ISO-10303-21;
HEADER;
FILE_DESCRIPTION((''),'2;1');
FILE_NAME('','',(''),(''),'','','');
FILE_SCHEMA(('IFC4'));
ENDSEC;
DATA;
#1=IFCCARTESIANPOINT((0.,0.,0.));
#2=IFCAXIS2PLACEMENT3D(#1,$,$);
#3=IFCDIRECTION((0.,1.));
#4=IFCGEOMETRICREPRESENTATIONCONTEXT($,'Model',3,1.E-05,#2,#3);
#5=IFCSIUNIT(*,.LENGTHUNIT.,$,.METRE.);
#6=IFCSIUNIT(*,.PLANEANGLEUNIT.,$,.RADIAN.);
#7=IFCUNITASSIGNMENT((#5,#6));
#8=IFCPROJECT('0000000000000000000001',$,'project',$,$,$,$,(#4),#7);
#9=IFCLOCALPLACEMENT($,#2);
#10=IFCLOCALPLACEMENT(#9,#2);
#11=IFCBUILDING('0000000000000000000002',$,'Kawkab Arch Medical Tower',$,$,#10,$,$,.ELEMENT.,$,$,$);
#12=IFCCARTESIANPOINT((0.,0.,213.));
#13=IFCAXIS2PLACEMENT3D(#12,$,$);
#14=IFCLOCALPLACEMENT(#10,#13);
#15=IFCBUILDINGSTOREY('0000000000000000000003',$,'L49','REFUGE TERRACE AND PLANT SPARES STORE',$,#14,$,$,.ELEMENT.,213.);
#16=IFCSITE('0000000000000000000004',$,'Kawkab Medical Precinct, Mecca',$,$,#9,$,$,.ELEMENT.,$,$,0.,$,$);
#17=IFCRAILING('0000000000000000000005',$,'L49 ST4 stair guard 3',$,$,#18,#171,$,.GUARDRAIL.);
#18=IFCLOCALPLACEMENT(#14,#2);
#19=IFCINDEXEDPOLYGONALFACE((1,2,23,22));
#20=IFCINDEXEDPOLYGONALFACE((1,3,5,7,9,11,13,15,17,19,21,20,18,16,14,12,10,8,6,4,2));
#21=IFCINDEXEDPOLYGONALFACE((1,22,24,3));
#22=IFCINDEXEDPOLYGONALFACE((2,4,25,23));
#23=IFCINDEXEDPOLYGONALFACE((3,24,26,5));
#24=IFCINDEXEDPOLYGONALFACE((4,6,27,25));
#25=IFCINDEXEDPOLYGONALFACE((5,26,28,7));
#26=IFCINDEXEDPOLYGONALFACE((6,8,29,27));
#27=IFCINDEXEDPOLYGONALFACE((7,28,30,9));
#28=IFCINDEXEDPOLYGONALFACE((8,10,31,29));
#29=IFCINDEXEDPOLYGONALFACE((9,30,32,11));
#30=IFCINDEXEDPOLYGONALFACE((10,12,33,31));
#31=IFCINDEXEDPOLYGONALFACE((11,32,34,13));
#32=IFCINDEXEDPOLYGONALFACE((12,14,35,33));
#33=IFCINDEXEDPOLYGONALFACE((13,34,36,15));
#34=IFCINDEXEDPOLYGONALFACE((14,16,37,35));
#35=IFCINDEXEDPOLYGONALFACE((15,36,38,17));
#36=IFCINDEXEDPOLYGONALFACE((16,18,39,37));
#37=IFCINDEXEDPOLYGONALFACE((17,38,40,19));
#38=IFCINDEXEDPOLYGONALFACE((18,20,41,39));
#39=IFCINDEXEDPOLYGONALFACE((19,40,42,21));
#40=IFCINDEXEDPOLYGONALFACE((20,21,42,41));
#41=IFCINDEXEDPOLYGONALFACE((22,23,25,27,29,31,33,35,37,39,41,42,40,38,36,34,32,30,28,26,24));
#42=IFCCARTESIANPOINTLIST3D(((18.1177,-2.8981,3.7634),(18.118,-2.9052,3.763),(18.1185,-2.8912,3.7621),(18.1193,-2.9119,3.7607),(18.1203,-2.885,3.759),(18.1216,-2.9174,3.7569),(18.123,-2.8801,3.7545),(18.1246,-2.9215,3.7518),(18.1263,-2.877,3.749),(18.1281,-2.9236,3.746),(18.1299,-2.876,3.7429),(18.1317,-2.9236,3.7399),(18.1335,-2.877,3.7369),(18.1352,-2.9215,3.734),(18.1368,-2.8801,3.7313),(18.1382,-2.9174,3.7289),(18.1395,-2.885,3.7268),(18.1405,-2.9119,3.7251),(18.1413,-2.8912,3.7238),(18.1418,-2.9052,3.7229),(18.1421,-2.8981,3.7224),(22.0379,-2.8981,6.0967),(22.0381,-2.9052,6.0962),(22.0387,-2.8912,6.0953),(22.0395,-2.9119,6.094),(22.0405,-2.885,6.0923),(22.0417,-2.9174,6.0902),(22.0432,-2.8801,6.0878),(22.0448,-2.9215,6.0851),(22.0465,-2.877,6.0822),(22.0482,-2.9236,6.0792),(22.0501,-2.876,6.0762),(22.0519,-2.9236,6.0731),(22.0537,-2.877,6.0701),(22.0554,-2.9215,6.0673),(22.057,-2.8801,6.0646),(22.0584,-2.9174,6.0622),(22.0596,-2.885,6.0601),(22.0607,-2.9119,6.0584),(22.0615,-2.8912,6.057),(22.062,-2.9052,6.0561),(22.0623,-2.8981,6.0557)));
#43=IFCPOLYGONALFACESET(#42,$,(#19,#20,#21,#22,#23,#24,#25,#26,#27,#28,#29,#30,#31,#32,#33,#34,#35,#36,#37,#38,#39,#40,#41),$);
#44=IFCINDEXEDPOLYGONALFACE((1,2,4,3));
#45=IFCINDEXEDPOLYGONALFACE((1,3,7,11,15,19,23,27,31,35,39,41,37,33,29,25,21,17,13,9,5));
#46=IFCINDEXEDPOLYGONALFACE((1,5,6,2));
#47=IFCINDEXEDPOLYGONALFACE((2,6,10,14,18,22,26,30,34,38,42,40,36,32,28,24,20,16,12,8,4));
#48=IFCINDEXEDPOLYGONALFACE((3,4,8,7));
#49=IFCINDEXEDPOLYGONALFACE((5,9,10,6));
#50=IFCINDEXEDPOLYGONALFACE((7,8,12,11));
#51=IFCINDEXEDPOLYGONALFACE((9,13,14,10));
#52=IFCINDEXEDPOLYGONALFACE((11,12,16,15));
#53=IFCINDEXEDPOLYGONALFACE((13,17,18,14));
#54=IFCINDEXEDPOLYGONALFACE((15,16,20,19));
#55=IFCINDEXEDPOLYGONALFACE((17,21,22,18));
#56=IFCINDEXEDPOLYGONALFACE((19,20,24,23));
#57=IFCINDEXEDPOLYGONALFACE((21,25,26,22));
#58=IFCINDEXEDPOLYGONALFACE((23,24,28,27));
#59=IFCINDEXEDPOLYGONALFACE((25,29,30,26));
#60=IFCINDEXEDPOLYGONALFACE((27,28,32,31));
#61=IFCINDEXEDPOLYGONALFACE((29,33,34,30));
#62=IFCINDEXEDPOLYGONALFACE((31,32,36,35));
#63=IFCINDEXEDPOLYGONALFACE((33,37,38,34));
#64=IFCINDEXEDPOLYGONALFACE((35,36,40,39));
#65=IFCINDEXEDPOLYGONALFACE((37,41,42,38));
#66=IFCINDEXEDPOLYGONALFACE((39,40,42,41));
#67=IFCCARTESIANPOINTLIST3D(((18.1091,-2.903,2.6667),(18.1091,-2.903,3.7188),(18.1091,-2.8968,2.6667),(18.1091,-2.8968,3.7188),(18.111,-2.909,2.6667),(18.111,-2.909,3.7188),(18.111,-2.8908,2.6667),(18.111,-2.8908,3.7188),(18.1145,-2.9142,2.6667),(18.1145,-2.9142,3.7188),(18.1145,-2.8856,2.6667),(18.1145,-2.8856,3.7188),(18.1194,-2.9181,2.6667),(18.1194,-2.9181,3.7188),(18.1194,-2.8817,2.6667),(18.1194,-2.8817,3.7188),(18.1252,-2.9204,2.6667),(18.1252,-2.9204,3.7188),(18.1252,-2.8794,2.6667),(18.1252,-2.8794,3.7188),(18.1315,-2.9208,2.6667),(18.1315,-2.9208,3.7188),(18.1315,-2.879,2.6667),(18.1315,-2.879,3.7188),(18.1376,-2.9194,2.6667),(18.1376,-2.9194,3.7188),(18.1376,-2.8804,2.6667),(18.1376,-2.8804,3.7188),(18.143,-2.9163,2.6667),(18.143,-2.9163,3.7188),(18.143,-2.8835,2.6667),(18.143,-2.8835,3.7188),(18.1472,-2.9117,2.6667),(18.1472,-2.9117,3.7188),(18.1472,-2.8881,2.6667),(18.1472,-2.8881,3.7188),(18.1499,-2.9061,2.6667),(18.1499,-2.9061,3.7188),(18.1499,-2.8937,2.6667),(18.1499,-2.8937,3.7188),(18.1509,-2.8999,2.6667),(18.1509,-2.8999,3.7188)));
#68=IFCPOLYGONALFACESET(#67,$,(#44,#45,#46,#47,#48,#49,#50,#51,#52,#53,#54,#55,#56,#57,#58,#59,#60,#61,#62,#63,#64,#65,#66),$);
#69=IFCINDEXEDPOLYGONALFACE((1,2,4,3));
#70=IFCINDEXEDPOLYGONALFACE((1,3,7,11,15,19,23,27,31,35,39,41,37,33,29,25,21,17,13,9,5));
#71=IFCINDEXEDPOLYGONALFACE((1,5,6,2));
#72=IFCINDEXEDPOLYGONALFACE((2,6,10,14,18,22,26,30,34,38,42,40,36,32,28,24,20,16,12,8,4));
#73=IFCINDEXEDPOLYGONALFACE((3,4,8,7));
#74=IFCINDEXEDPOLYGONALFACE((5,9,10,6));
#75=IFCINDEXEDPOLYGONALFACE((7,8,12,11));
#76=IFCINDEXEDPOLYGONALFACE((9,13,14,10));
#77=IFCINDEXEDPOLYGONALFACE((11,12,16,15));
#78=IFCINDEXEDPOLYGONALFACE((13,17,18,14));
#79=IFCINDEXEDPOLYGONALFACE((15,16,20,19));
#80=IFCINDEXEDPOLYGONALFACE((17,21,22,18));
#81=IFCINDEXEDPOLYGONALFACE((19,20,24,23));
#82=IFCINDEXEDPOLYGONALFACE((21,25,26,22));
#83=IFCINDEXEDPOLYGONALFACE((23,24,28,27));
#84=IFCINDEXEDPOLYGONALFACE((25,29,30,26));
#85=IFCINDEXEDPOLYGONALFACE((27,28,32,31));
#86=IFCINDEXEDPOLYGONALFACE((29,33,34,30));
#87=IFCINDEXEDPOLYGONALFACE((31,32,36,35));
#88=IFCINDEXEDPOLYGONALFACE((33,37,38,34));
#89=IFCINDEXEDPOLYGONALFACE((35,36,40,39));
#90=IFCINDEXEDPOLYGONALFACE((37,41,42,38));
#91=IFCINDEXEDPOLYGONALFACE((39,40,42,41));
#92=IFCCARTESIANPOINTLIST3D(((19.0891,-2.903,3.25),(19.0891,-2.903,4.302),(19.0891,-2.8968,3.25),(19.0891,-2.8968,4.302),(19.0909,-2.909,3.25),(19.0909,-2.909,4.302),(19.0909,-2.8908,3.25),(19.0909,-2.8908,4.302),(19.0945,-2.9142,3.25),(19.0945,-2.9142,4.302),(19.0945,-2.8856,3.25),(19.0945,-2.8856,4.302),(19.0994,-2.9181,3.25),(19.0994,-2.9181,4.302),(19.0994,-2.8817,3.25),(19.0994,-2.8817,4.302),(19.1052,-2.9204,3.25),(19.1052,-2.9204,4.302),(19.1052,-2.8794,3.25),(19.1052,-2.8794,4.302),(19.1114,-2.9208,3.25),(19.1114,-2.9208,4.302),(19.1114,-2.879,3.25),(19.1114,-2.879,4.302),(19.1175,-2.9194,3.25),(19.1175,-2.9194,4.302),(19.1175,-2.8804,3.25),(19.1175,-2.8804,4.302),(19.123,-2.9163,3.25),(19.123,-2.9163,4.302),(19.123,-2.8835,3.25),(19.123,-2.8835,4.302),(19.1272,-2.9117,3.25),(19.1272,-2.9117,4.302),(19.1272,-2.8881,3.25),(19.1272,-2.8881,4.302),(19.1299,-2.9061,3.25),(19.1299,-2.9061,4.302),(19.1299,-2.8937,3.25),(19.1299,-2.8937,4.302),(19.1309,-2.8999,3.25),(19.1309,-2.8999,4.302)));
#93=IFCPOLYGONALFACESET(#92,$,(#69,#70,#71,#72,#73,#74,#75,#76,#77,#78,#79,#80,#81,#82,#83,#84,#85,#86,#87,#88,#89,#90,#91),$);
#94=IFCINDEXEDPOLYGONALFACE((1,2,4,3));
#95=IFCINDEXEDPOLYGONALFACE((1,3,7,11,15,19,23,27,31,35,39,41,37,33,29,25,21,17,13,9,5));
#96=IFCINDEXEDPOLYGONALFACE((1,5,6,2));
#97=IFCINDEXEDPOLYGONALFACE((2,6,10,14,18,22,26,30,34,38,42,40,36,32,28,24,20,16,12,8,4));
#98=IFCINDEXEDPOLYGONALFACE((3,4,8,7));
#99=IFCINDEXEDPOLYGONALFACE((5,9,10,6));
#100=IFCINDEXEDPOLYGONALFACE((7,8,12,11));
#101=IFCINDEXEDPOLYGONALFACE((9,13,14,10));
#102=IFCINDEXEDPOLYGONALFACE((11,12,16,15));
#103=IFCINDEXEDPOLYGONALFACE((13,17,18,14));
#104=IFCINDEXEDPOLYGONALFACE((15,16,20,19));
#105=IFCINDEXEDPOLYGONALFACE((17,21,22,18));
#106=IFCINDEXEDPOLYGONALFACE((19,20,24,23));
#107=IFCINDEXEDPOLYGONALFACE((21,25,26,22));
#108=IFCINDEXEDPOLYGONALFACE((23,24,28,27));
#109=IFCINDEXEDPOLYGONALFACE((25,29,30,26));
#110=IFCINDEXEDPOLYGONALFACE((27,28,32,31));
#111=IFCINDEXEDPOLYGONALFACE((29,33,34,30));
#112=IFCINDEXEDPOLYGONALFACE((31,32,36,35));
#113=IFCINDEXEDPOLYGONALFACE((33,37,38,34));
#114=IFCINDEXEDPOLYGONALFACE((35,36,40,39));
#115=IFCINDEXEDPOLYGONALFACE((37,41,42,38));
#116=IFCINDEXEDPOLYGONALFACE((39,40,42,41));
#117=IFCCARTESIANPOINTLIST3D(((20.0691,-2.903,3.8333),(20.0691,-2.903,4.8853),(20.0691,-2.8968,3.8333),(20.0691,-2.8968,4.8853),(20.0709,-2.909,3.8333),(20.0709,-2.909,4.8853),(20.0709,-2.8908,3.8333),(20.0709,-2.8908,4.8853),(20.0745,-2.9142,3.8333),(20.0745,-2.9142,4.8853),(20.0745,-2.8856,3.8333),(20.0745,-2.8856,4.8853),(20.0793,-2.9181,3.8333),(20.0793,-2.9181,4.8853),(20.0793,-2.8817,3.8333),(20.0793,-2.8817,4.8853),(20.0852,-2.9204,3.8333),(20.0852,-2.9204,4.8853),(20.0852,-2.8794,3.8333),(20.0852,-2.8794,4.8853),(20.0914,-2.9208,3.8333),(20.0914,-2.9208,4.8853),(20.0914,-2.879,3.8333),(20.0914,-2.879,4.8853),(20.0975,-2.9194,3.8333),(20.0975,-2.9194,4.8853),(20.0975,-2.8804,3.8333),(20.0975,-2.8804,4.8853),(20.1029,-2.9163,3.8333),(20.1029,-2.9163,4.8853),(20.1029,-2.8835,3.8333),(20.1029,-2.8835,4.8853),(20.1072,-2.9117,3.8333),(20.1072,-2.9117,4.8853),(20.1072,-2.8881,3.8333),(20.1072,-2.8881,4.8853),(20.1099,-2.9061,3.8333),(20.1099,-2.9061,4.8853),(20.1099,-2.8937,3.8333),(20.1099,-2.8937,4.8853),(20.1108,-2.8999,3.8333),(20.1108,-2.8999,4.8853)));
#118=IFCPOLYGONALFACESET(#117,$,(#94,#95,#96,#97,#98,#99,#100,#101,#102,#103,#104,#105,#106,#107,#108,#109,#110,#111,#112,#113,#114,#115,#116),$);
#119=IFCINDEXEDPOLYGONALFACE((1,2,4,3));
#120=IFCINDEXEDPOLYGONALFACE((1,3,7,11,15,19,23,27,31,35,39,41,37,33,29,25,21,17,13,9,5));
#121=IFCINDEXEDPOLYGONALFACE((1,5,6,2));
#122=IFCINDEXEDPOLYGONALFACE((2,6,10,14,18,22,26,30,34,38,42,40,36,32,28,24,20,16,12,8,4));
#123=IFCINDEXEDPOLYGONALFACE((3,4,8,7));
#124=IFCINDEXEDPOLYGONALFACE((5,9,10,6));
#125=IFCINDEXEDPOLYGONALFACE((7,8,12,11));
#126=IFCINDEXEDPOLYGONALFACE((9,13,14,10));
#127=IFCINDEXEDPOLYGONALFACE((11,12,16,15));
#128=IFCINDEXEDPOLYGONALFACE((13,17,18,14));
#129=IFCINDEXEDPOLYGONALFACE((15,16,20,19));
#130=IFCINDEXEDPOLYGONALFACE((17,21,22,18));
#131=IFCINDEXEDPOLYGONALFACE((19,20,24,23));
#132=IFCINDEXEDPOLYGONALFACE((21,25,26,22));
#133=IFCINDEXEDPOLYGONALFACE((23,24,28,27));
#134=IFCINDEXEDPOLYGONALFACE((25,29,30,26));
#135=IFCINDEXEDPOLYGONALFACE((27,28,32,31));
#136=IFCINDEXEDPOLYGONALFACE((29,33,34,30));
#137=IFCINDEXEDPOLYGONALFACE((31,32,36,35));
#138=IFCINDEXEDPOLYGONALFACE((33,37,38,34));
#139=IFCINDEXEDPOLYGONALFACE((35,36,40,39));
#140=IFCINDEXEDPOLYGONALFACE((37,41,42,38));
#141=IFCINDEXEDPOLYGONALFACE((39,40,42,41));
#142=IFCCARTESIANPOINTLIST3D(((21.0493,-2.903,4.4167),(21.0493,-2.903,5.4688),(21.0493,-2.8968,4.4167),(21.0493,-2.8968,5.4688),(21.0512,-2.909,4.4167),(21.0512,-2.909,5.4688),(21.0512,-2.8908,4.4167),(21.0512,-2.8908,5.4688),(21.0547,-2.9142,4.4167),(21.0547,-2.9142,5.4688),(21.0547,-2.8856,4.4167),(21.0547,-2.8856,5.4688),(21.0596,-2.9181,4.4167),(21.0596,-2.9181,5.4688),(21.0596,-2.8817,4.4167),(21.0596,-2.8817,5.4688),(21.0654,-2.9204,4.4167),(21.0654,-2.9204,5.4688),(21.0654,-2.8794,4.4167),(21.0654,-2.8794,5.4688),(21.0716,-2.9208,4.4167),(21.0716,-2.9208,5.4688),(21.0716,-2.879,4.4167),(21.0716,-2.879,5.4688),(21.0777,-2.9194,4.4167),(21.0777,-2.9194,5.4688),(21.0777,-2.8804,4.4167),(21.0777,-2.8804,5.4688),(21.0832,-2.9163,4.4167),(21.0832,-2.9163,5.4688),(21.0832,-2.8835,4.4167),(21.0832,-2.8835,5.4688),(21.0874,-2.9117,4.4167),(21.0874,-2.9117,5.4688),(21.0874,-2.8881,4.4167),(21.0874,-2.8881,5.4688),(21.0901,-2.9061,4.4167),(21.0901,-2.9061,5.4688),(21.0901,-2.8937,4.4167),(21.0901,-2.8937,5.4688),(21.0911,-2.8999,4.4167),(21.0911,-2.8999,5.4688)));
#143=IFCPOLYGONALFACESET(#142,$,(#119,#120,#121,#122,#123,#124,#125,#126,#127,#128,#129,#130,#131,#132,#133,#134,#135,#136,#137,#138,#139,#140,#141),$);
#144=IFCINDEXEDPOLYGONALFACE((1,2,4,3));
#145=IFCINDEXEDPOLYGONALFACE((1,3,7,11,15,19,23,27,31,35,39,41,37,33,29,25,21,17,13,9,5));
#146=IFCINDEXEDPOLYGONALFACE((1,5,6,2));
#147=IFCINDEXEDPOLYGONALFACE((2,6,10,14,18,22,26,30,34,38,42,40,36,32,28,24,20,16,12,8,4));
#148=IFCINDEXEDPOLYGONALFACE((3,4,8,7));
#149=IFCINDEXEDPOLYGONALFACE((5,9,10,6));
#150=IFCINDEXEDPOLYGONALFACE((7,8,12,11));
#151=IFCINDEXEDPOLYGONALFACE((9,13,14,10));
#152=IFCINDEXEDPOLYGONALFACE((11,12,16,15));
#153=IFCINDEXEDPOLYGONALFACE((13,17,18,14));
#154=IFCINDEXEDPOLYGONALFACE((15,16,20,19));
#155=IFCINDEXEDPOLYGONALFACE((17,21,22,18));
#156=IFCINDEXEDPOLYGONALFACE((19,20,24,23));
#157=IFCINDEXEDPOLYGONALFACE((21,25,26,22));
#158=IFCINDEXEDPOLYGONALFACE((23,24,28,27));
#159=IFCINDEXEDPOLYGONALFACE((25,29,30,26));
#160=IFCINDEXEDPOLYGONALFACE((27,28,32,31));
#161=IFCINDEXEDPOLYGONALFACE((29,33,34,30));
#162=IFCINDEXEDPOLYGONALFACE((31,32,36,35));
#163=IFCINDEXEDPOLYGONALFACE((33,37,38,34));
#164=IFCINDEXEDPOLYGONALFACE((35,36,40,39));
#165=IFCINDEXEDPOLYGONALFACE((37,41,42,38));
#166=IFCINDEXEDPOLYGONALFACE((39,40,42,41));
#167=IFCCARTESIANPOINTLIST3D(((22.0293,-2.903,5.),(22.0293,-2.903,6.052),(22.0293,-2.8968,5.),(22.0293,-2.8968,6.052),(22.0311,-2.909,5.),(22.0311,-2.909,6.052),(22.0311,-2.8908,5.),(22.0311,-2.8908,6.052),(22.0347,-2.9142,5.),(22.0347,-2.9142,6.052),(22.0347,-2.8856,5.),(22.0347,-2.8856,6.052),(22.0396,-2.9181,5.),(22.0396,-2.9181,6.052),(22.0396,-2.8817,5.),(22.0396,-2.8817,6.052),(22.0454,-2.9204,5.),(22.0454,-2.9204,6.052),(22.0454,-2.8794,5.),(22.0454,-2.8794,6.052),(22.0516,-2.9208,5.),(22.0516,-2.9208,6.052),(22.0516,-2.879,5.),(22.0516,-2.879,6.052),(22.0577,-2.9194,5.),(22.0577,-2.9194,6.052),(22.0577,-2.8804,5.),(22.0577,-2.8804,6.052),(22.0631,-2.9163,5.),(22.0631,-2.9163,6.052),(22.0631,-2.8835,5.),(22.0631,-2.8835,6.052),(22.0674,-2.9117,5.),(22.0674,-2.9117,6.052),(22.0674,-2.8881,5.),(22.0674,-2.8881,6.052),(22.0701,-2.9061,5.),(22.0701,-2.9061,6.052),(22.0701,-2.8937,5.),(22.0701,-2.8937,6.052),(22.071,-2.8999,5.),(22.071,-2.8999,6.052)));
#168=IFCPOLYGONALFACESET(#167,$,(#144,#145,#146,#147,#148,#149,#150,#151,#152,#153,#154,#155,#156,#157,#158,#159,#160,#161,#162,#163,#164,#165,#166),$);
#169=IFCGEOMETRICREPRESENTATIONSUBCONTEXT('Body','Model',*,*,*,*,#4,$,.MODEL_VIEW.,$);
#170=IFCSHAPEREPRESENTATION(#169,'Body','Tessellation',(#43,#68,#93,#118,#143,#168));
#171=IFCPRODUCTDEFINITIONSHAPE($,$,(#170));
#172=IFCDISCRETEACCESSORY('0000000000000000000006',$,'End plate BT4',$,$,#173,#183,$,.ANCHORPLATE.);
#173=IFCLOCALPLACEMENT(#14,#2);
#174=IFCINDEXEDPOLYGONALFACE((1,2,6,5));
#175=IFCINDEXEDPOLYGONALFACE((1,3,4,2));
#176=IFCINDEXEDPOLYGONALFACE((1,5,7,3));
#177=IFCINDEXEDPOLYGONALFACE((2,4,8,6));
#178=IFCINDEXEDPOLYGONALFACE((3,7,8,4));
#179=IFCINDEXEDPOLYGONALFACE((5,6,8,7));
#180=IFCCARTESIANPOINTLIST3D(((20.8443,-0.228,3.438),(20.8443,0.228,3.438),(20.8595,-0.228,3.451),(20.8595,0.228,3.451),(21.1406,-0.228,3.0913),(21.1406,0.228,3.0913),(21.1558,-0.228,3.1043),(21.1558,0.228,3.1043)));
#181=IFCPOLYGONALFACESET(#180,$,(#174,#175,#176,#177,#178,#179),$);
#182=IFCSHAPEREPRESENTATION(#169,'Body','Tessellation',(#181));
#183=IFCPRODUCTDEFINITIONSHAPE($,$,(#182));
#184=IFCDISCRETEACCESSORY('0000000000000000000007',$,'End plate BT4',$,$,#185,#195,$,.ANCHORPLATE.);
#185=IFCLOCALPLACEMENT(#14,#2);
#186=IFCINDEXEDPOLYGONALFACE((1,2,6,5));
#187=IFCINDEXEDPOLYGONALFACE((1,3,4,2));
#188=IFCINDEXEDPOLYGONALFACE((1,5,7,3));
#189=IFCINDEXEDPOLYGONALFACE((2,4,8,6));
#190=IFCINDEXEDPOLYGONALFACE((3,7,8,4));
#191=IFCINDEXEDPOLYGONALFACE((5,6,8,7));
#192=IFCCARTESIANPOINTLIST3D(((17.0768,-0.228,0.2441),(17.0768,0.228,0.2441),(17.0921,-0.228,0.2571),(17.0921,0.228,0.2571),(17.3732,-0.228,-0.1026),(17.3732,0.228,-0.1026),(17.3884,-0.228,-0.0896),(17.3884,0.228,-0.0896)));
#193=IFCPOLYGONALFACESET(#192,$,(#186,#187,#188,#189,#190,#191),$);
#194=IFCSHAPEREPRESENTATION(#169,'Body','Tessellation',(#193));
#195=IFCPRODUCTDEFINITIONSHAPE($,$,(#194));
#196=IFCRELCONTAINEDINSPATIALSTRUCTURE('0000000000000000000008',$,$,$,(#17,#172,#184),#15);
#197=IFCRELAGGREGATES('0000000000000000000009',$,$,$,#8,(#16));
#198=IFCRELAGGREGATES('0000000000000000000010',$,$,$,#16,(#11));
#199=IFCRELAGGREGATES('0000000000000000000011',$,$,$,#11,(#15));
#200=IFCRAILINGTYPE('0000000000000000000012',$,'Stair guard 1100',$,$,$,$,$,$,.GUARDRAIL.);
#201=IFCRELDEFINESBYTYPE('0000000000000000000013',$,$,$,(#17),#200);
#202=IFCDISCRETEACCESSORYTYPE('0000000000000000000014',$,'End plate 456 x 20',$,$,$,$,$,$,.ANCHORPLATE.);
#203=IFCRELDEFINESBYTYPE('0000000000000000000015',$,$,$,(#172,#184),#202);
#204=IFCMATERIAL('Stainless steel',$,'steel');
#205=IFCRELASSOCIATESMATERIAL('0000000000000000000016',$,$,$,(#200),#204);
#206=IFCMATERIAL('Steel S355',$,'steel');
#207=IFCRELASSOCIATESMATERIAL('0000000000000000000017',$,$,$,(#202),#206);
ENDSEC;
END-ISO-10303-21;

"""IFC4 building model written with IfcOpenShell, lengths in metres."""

from ifc_helpers import new_model, si_unit, direction, frame, origin, origin_2d, place, context, subcontext, project, spatial, rectangle, circle, extrude, material, material_profile, profile_set, type_object, element, save


model = new_model("IFC4")

# Units and contexts
model_context = context("Model", 3, precision=1e-05, world=origin(), true_north=direction((0.0, 1.0)))
body_context = subcontext(model_context, "Body", "Model", "MODEL_VIEW")
ifc_project = project(units=[si_unit("LENGTHUNIT", "METRE"), si_unit("PLANEANGLEUNIT", "RADIAN")], contexts=[model_context])

# Site, building, storey
site_placement = place(None, origin())
site = spatial("IfcSite", under=ifc_project, at=site_placement, Name="Kawkab Medical Precinct, Mecca", CompositionType="ELEMENT", RefElevation=0.0)
building_placement = place(site_placement, origin())
building = spatial("IfcBuilding", under=site, at=building_placement, Name="Kawkab Arch Medical Tower", CompositionType="ELEMENT")
storey_placement = place(building_placement, frame((0.0, 0.0, 213.0)))
storey = spatial("IfcBuildingStorey", under=building, at=storey_placement, Name="L49", Description="REFUGE TERRACE AND PLANT SPARES STORE", CompositionType="ELEMENT", Elevation=213.0)

# Railing
ifc_material_1 = material(Name="Stainless steel", Category="steel")
railing_type = type_object("IfcRailingType", Name="Stair guard 1100", PredefinedType="GUARDRAIL", material=ifc_material_1)
railing_1_placement = place(storey_placement, frame((18.1299, -2.8999, 2.6667)))
element("IfcRailing", 1, at=railing_1_placement, inside=storey, type_object=railing_type, Name="L49 ST4 stair guard 3", PredefinedType="GUARDRAIL", context=body_context, shape_type="SweptSolid", body=[
    extrude(circle(Radius=0.0239, at=origin_2d()), frame((0.0, 0.0, 1.0762), z_axis=(0.85931, 0.0, 0.511455), x_axis=(0.0, 1.0, 0.0)), (0.0, 0.0, 1.0), 4.562),
    extrude(circle(Radius=0.021, at=origin_2d()), origin(), (0.0, 0.0, 1.0), 1.052),
    extrude(circle(Radius=0.021, at=origin_2d()), frame((0.98, 0.0, 0.5833)), (0.0, 0.0, 1.0), 1.052),
    extrude(circle(Radius=0.021, at=origin_2d()), frame((1.96, 0.0, 1.1665)), (0.0, 0.0, 1.0), 1.052),
    extrude(circle(Radius=0.021, at=origin_2d()), frame((2.9402, 0.0, 1.75)), (0.0, 0.0, 1.0), 1.052),
    extrude(circle(Radius=0.021, at=origin_2d()), frame((3.9202, 0.0, 2.3333)), (0.0, 0.0, 1.0), 1.052),
])

# Discrete accessories
ifc_material_2 = material(Name="Steel S355", Category="steel")
ifc_material_profile_1 = material_profile(ifc_material_2, rectangle(XDim=0.4561, YDim=0.4561, at=origin_2d()), Name="End plate 456 x 20")
ifc_profile_set_1 = profile_set([ifc_material_profile_1], Name="Steel S355")
discrete_accessory_type = type_object("IfcDiscreteAccessoryType", Name="End plate 456 x 20", PredefinedType="ANCHORPLATE", material=ifc_profile_set_1)
for number, where, z_axis, x_axis, name in (
    (2, (20.9924, 0.0, 3.2646), (0.760121, 0.0, 0.649781), (0.0, 1.0, 0.0), "End plate BT4"),
    (3, (17.2402, 0.0, 0.0837), (-0.760121, 0.0, -0.649781), (0.0, -1.0, 0.0), "End plate BT4"),
):
    element("IfcDiscreteAccessory", number, at=place(storey_placement, frame(where, z_axis=z_axis, x_axis=x_axis)), inside=storey, type_object=discrete_accessory_type, Name=name, PredefinedType="ANCHORPLATE", context=body_context, shape_type="SweptSolid", body=[
        extrude(rectangle(XDim=0.4561, YDim=0.4561, at=origin_2d()), origin(), (0.0, 0.0, 1.0), 0.02),
    ])

save(model, "model.ifc")
